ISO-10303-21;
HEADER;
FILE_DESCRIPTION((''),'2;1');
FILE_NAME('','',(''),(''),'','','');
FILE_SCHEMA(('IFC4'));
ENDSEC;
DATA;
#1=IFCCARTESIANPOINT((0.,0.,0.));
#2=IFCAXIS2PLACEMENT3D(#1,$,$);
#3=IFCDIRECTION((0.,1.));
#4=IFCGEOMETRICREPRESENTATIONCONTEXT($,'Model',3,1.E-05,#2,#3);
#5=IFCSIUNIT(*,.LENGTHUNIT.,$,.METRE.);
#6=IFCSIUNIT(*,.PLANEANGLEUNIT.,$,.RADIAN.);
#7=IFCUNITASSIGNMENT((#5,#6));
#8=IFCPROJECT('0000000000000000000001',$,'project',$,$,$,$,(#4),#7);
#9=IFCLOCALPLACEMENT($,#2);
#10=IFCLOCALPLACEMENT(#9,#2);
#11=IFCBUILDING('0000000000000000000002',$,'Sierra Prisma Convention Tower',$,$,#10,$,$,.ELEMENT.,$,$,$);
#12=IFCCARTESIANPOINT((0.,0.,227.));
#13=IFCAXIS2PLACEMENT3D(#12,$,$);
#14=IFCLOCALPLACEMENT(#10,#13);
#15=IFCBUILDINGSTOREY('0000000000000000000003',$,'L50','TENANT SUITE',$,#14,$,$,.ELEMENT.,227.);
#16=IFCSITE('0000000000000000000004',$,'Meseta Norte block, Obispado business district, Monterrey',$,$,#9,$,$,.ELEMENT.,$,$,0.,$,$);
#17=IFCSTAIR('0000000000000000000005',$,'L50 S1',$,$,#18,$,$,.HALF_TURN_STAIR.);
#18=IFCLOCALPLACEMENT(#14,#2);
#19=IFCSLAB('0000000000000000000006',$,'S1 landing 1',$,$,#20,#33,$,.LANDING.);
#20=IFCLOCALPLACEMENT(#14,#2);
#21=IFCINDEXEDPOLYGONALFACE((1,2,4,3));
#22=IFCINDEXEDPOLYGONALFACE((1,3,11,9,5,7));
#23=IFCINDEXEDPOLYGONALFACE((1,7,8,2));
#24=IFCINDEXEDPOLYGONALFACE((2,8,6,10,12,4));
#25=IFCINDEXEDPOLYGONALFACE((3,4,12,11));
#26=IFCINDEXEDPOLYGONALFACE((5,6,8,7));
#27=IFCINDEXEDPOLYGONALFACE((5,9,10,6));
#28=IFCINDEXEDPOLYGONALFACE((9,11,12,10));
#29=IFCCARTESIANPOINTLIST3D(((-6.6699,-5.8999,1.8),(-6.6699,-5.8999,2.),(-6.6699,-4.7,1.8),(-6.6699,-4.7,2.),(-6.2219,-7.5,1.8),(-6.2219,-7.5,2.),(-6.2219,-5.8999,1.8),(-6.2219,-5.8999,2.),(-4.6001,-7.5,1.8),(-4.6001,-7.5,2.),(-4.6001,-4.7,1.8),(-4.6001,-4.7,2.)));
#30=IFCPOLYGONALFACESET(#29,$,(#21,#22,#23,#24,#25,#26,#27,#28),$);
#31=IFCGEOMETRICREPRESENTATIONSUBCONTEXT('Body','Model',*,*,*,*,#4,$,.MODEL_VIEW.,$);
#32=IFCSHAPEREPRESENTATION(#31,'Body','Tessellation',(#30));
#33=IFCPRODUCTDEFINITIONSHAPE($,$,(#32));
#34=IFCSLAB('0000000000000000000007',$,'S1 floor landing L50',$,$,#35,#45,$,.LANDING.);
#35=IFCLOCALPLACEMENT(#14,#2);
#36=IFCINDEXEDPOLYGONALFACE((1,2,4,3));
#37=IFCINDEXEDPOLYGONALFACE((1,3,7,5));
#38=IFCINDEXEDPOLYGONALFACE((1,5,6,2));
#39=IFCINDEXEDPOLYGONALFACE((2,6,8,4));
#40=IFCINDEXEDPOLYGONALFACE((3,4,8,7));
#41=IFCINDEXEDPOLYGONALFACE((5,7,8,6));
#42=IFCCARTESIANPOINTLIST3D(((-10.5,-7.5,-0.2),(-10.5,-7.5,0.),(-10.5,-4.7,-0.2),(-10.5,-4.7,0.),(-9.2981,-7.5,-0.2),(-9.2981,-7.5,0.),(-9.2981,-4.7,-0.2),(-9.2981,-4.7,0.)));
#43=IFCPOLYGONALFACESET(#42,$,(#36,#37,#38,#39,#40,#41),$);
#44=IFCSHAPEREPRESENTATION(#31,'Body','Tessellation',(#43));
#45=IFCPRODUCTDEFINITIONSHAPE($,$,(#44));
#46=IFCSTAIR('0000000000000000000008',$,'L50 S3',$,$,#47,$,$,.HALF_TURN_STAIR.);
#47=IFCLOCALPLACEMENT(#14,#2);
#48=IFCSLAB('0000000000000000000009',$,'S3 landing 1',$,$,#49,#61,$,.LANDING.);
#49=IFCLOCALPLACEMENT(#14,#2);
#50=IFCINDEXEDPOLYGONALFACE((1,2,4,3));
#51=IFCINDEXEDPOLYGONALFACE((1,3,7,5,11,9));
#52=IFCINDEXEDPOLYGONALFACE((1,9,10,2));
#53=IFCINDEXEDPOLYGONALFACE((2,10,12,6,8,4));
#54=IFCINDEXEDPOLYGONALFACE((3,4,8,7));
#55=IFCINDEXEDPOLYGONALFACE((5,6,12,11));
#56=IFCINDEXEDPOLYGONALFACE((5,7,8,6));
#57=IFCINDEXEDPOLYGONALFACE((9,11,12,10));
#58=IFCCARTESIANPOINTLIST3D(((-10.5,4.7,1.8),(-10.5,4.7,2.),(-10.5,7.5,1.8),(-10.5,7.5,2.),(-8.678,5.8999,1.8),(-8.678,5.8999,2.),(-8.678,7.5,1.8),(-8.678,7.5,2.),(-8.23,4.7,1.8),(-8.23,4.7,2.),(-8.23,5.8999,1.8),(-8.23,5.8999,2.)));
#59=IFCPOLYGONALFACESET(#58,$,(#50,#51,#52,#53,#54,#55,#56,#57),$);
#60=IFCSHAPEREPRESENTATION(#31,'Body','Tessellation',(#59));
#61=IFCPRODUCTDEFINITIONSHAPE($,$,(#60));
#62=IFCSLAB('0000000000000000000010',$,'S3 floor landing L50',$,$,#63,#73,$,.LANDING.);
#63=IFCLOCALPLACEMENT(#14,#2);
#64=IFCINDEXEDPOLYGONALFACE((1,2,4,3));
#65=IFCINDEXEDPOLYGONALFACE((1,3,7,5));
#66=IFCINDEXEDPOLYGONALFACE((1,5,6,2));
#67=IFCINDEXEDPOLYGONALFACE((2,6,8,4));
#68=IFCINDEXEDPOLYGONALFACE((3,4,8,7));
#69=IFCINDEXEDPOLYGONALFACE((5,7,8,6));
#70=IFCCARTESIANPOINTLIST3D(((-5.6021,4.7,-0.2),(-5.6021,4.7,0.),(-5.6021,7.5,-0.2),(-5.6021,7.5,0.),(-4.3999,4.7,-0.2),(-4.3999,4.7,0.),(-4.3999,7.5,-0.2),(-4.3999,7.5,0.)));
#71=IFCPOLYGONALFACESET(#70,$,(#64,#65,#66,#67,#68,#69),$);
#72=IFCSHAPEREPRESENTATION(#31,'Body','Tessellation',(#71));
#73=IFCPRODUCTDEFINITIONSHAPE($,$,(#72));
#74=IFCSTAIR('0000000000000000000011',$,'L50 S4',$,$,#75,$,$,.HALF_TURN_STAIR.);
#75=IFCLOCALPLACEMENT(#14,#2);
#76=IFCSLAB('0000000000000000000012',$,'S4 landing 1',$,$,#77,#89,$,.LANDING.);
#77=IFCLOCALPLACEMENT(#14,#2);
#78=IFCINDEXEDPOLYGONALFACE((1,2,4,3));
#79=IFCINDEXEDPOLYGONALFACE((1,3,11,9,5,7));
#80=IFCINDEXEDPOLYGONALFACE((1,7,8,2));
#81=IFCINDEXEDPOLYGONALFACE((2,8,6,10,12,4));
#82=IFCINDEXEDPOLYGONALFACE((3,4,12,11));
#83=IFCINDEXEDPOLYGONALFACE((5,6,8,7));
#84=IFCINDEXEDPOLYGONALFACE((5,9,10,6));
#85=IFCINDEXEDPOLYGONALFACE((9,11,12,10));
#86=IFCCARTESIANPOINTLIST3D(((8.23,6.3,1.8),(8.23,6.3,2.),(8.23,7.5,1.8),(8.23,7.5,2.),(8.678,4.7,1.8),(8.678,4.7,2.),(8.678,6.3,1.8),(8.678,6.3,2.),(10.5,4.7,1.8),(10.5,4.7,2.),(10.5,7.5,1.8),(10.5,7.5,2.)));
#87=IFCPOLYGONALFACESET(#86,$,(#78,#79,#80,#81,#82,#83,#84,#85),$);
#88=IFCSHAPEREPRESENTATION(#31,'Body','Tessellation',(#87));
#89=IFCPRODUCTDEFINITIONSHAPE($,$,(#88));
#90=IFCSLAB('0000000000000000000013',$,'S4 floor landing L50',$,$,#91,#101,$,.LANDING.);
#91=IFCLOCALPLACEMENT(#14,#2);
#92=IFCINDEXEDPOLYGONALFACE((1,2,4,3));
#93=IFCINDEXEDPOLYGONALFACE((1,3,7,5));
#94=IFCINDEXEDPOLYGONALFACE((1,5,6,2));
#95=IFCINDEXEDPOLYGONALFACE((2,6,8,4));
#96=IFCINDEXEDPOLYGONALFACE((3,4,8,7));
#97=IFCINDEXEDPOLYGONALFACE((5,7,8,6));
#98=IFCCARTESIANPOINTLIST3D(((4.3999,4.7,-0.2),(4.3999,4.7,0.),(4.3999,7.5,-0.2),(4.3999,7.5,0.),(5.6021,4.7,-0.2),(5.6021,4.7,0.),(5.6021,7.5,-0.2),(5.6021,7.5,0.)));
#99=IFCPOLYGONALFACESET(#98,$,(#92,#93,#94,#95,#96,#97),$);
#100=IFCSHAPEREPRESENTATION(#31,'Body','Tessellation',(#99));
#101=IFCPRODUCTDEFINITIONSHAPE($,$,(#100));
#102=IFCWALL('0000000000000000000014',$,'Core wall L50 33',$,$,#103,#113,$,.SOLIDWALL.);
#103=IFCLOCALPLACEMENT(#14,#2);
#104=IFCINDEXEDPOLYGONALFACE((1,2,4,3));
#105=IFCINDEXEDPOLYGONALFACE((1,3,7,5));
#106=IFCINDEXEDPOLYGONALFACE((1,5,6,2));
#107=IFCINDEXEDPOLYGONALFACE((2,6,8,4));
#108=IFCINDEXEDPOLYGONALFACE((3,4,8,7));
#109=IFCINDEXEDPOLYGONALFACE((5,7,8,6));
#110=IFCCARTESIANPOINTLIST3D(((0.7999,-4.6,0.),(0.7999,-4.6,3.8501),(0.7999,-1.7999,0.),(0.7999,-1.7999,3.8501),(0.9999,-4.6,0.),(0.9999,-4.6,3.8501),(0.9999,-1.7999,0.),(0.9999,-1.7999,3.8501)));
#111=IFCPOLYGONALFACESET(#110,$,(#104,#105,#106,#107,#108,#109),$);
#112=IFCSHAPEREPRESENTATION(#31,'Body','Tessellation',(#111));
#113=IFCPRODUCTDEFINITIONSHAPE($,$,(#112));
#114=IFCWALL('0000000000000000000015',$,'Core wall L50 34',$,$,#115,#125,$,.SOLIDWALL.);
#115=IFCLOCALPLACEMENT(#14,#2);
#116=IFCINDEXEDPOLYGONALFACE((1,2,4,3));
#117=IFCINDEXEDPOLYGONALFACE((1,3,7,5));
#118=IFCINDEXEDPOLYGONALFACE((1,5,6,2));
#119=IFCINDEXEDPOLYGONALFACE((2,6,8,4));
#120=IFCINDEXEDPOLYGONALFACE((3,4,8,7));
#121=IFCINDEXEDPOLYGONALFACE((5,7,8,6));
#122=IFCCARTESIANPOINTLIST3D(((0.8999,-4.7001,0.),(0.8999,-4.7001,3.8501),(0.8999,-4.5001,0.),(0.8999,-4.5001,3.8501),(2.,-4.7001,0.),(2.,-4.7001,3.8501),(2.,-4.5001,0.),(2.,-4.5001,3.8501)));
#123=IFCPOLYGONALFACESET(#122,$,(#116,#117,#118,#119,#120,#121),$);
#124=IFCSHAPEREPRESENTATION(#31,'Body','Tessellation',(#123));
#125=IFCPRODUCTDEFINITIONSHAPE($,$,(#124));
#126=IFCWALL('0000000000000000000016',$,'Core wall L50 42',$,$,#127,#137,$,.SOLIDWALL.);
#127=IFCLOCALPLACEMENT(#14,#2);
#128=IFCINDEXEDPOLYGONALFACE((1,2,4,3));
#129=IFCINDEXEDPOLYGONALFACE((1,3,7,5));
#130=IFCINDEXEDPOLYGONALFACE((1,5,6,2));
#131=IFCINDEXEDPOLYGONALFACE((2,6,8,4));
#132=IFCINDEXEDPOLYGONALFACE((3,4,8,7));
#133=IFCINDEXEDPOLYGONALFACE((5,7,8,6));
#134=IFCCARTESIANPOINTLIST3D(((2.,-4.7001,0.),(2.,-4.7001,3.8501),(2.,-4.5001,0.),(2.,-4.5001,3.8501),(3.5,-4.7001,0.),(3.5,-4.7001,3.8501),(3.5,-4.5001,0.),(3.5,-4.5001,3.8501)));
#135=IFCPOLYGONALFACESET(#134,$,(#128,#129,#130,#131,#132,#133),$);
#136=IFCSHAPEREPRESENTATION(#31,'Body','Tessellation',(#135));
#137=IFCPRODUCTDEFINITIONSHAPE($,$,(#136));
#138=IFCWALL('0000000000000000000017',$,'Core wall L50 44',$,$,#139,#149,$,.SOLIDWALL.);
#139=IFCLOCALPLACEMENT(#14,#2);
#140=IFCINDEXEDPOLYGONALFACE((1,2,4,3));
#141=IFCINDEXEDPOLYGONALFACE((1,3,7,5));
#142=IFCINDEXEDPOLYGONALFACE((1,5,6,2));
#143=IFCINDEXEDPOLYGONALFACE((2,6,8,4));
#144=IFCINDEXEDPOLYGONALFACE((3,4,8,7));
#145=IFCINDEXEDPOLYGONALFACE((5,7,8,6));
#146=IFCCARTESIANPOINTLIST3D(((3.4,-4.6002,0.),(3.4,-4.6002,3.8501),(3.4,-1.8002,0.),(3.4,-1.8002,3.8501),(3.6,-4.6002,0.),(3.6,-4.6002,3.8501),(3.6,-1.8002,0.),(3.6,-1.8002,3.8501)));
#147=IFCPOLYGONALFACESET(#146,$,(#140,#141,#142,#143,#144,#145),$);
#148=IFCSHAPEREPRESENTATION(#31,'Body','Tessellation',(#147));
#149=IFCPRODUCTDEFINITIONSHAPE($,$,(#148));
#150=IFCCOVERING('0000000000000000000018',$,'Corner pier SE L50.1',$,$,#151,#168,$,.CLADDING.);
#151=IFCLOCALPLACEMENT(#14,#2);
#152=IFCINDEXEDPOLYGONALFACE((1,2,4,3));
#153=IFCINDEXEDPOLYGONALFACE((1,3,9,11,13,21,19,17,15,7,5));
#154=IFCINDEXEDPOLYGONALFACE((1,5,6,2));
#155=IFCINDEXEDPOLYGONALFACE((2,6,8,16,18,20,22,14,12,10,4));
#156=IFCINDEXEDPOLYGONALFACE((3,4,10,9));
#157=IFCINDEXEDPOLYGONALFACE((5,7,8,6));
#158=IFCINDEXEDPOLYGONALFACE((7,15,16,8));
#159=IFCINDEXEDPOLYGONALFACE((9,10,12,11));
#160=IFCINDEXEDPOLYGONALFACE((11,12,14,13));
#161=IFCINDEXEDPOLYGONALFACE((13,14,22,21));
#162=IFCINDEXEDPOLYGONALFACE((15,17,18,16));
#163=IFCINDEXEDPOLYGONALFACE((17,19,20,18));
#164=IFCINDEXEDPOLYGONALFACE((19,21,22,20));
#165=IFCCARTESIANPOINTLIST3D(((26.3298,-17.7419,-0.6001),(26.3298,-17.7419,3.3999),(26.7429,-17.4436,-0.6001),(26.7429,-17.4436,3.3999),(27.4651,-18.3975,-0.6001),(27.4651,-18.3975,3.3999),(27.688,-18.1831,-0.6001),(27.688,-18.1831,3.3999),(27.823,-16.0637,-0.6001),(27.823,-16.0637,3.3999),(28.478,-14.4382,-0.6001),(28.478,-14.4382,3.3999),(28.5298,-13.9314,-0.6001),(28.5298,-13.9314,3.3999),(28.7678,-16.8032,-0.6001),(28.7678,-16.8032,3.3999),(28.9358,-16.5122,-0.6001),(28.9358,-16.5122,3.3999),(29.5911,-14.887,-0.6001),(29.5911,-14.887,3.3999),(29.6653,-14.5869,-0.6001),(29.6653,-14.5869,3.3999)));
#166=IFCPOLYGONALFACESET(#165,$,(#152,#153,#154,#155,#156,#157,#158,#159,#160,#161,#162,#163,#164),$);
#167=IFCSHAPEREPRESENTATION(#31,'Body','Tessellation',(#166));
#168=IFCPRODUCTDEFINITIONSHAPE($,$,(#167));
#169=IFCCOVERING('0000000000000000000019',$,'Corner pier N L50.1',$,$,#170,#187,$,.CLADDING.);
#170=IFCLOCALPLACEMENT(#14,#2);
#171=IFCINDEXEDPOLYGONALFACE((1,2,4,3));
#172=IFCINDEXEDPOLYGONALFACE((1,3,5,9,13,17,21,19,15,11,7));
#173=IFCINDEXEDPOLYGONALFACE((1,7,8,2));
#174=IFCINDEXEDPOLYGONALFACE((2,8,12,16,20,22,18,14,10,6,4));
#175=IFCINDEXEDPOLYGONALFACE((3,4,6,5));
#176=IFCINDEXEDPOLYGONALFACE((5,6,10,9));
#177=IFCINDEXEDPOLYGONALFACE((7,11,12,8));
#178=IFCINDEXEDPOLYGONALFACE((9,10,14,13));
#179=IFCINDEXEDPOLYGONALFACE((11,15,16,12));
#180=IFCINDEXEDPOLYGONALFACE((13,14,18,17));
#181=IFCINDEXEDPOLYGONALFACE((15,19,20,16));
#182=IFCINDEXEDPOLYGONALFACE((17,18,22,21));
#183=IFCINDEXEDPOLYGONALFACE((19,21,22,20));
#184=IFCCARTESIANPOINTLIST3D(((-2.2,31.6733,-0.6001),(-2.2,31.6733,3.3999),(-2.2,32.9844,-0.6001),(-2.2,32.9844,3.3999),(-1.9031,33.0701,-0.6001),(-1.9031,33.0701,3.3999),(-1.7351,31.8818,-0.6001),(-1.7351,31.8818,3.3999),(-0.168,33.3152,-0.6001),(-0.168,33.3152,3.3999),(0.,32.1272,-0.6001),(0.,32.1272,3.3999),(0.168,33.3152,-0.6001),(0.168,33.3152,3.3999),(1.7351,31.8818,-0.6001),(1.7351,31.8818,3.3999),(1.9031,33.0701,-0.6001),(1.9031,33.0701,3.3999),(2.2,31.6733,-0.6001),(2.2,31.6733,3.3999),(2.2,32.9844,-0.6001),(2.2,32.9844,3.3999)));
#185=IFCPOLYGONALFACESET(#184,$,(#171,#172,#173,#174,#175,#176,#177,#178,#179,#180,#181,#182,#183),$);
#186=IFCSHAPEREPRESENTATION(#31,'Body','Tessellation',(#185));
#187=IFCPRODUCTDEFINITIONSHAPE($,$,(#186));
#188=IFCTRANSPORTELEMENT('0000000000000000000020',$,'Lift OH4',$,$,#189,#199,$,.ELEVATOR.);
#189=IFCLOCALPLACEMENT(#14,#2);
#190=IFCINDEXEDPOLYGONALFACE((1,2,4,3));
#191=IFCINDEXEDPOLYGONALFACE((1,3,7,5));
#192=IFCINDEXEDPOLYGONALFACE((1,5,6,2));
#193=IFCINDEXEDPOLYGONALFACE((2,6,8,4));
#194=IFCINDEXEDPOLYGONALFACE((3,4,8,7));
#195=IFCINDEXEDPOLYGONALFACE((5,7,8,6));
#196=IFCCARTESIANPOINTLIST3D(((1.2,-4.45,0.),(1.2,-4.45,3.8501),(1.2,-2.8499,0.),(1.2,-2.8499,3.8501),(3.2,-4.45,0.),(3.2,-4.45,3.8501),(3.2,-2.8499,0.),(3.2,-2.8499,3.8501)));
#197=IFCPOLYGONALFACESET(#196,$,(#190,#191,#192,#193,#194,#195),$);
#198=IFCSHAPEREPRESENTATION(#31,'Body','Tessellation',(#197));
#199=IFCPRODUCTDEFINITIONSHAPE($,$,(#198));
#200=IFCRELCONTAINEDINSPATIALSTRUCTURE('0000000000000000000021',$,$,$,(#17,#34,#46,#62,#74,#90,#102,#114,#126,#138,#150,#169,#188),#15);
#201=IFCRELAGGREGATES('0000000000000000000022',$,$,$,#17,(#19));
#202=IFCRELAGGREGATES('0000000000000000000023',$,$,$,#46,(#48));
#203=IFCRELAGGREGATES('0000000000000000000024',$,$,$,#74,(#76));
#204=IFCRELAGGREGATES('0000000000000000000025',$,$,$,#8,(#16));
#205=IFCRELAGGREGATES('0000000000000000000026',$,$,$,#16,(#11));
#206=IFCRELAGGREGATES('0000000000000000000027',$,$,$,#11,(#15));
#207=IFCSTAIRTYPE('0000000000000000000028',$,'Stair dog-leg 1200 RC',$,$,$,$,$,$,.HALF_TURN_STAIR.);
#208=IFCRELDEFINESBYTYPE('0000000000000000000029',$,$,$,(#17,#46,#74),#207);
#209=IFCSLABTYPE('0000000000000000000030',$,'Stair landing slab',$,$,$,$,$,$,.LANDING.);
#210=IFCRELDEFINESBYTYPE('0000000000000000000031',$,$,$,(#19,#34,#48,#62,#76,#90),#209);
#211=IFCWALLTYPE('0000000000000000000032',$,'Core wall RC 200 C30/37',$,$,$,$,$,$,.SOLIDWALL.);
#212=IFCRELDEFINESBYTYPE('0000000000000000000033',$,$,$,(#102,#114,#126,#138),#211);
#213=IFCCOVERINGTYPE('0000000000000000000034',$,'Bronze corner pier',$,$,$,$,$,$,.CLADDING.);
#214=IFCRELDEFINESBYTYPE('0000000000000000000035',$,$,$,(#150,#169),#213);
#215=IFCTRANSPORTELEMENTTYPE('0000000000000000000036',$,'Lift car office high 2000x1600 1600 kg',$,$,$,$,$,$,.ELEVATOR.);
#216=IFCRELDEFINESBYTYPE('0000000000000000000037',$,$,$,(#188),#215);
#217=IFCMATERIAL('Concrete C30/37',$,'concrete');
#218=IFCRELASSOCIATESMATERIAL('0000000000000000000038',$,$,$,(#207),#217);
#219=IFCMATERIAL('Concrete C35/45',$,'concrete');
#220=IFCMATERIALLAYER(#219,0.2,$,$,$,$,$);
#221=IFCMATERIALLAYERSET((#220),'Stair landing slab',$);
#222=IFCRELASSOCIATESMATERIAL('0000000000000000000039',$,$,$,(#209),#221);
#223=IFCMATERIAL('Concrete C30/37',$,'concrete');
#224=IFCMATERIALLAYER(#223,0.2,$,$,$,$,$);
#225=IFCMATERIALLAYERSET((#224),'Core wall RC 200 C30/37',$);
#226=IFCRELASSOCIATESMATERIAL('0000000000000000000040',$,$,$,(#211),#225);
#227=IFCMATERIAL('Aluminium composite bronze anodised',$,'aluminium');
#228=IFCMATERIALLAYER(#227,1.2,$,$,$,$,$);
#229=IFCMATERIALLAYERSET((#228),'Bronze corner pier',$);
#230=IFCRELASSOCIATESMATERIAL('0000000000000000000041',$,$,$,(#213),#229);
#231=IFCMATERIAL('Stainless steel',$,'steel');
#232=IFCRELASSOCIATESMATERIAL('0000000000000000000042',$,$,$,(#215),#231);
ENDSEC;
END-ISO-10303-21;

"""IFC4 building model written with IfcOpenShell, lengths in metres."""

from ifc_helpers import new_model, si_unit, direction, frame, frame_2d, origin, origin_2d, place, context, subcontext, project, spatial, polyline, rectangle, outline, extrude, material, layer, layer_set, type_object, element, aggregate, save


model = new_model("IFC4")

# Units and contexts
model_context = context("Model", 3, precision=1e-05, world=origin(), true_north=direction((0.0, 1.0)))
body_context = subcontext(model_context, "Body", "Model", "MODEL_VIEW")
ifc_project = project(units=[si_unit("LENGTHUNIT", "METRE"), si_unit("PLANEANGLEUNIT", "RADIAN")], contexts=[model_context])

# Site, building, storey
site_placement = place(None, origin())
site = spatial("IfcSite", under=ifc_project, at=site_placement, Name="Meseta Norte block, Obispado business district, Monterrey", CompositionType="ELEMENT", RefElevation=0.0)
building_placement = place(site_placement, origin())
building = spatial("IfcBuilding", under=site, at=building_placement, Name="Sierra Prisma Convention Tower", CompositionType="ELEMENT")
storey_placement = place(building_placement, frame((0.0, 0.0, 227.0)))
storey = spatial("IfcBuildingStorey", under=building, at=storey_placement, Name="L50", Description="TENANT SUITE", CompositionType="ELEMENT", Elevation=227.0)

# Stair, slab
ifc_material_1 = material(Name="Concrete C30/37", Category="concrete")
stair_type = type_object("IfcStairType", Name="Stair dog-leg 1200 RC", PredefinedType="HALF_TURN_STAIR", material=ifc_material_1)
stair_1_placement = place(storey_placement, origin())
stair_1 = element("IfcStair", 1, at=stair_1_placement, inside=storey, type_object=stair_type, Name="L50 S1", PredefinedType="HALF_TURN_STAIR")
ifc_material_2 = material(Name="Concrete C35/45", Category="concrete")
ifc_layer_1 = layer(ifc_material_2, 0.2)
ifc_layer_set_1 = layer_set([ifc_layer_1], Name="Stair landing slab")
slab_type = type_object("IfcSlabType", Name="Stair landing slab", PredefinedType="LANDING", material=ifc_layer_set_1)
slab_1_placement = place(storey_placement, frame((0.0, 0.0, 1.8)))
slab_1 = element("IfcSlab", 2, at=slab_1_placement, type_object=slab_type, Name="S1 landing 1", PredefinedType="LANDING", context=body_context, shape_type="SweptSolid", body=[
    extrude(outline(polyline([(-4.6001, -4.7), (-4.6001, -7.5), (-6.2219, -7.5), (-6.2219, -5.8999), (-6.6699, -5.8999), (-6.6699, -4.7), (-4.6001, -4.7)])), origin(), (0.0, 0.0, 1.0), 0.2),
])
aggregate(stair_1, [slab_1])

# Slab
slab_2_placement = place(storey_placement, frame((0.0, 0.0, -0.2)))
element("IfcSlab", 3, at=slab_2_placement, inside=storey, type_object=slab_type, Name="S1 floor landing L50", PredefinedType="LANDING", context=body_context, shape_type="SweptSolid", body=[
    extrude(outline(polyline([(-10.5, -7.5), (-9.2981, -7.5), (-9.2981, -4.7), (-10.5, -4.7), (-10.5, -7.5)])), origin(), (0.0, 0.0, 1.0), 0.2),
])

# Stair, slab
stair_2_placement = place(storey_placement, origin())
stair_2 = element("IfcStair", 4, at=stair_2_placement, inside=storey, type_object=stair_type, Name="L50 S3", PredefinedType="HALF_TURN_STAIR")
slab_3_placement = place(storey_placement, frame((0.0, 0.0, 1.8)))
slab_3 = element("IfcSlab", 5, at=slab_3_placement, type_object=slab_type, Name="S3 landing 1", PredefinedType="LANDING", context=body_context, shape_type="SweptSolid", body=[
    extrude(outline(polyline([(-8.23, 5.8999), (-8.23, 4.7), (-10.5, 4.7), (-10.5, 7.5), (-8.678, 7.5), (-8.678, 5.8999), (-8.23, 5.8999)])), origin(), (0.0, 0.0, 1.0), 0.2),
])
aggregate(stair_2, [slab_3])

# Slab
slab_4_placement = place(storey_placement, frame((0.0, 0.0, -0.2)))
element("IfcSlab", 6, at=slab_4_placement, inside=storey, type_object=slab_type, Name="S3 floor landing L50", PredefinedType="LANDING", context=body_context, shape_type="SweptSolid", body=[
    extrude(outline(polyline([(-4.3999, 7.5), (-5.6021, 7.5), (-5.6021, 4.7), (-4.3999, 4.7), (-4.3999, 7.5)])), origin(), (0.0, 0.0, 1.0), 0.2),
])

# Stair, slab
stair_3_placement = place(storey_placement, origin())
stair_3 = element("IfcStair", 7, at=stair_3_placement, inside=storey, type_object=stair_type, Name="L50 S4", PredefinedType="HALF_TURN_STAIR")
slab_5_placement = place(storey_placement, frame((0.0, 0.0, 1.8)))
slab_5 = element("IfcSlab", 8, at=slab_5_placement, type_object=slab_type, Name="S4 landing 1", PredefinedType="LANDING", context=body_context, shape_type="SweptSolid", body=[
    extrude(outline(polyline([(10.5, 7.5), (10.5, 4.7), (8.678, 4.7), (8.678, 6.3), (8.23, 6.3), (8.23, 7.5), (10.5, 7.5)])), origin(), (0.0, 0.0, 1.0), 0.2),
])
aggregate(stair_3, [slab_5])

# Slab
slab_6_placement = place(storey_placement, frame((0.0, 0.0, -0.2)))
element("IfcSlab", 9, at=slab_6_placement, inside=storey, type_object=slab_type, Name="S4 floor landing L50", PredefinedType="LANDING", context=body_context, shape_type="SweptSolid", body=[
    extrude(outline(polyline([(4.3999, 4.7), (5.6021, 4.7), (5.6021, 7.5), (4.3999, 7.5), (4.3999, 4.7)])), origin(), (0.0, 0.0, 1.0), 0.2),
])

# Shared definitions
ifc_material_3 = material(Name="Concrete C30/37", Category="concrete")
ifc_layer_2 = layer(ifc_material_3, 0.2)
ifc_layer_set_2 = layer_set([ifc_layer_2], Name="Core wall RC 200 C30/37")
wall_type = type_object("IfcWallType", Name="Core wall RC 200 C30/37", PredefinedType="SOLIDWALL", material=ifc_layer_set_2)

# Walls
wall_1_placement = place(storey_placement, frame((0.8999, -1.8, 0.0), z_axis=(0.0, 0.0, 1.0), x_axis=(0.0, -1.0, 0.0)))
element("IfcWall", 10, at=wall_1_placement, inside=storey, type_object=wall_type, Name="Core wall L50 33", PredefinedType="SOLIDWALL", context=body_context, shape_type="SweptSolid", body=[
    extrude(rectangle(XDim=2.8, YDim=0.2, at=frame_2d((1.3999, 0.0))), origin(), (0.0, 0.0, 1.0), 3.8501),
])
wall_2_placement = place(storey_placement, frame((0.8999, -4.6001, 0.0), z_axis=(0.0, 0.0, 1.0), x_axis=(1.0, 0.0, 0.0)))
element("IfcWall", 11, at=wall_2_placement, inside=storey, type_object=wall_type, Name="Core wall L50 34", PredefinedType="SOLIDWALL", context=body_context, shape_type="SweptSolid", body=[
    extrude(rectangle(XDim=1.1001, YDim=0.2, at=frame_2d((0.55, 0.0))), origin(), (0.0, 0.0, 1.0), 3.8501),
])

# Walls
wall_3_placement = place(storey_placement, frame((3.5, -4.6001, 0.0), z_axis=(0.0, 0.0, 1.0), x_axis=(-1.0, 0.0, 0.0)))
element("IfcWall", 12, at=wall_3_placement, inside=storey, type_object=wall_type, Name="Core wall L50 42", PredefinedType="SOLIDWALL", context=body_context, shape_type="SweptSolid", body=[
    extrude(rectangle(XDim=1.5, YDim=0.2, at=frame_2d((0.75, 0.0))), origin(), (0.0, 0.0, 1.0), 3.8501),
])
wall_4_placement = place(storey_placement, frame((3.5, -4.6001, 0.0), z_axis=(0.0, 0.0, 1.0), x_axis=(0.0, 1.0, 0.0)))
element("IfcWall", 13, at=wall_4_placement, inside=storey, type_object=wall_type, Name="Core wall L50 44", PredefinedType="SOLIDWALL", context=body_context, shape_type="SweptSolid", body=[
    extrude(rectangle(XDim=2.8, YDim=0.2, at=frame_2d((1.3999, 0.0))), origin(), (0.0, 0.0, 1.0), 3.8501),
])

# Coverings
ifc_material_4 = material(Name="Aluminium composite bronze anodised", Category="aluminium")
ifc_layer_3 = layer(ifc_material_4, 1.2)
ifc_layer_set_3 = layer_set([ifc_layer_3], Name="Bronze corner pier")
covering_type = type_object("IfcCoveringType", Name="Bronze corner pier", PredefinedType="CLADDING", material=ifc_layer_set_3)
covering_1_placement = place(storey_placement, frame((0.0, 0.0, -0.6001)))
element("IfcCovering", 14, at=covering_1_placement, inside=storey, type_object=covering_type, Name="Corner pier SE L50.1", PredefinedType="CLADDING", context=body_context, shape_type="SweptSolid", body=[
    extrude(outline(polyline([(28.9358, -16.5122), (28.7678, -16.8032), (27.688, -18.1831), (27.4651, -18.3975), (26.3298, -17.7419), (26.7429, -17.4436), (27.823, -16.0637), (28.478, -14.4382), (28.5298, -13.9314), (29.6653, -14.5869), (29.5911, -14.887), (28.9358, -16.5122)])), origin(), (0.0, 0.0, 1.0), 4.0),
])
covering_2_placement = place(storey_placement, frame((0.0, 0.0, -0.6001)))
element("IfcCovering", 15, at=covering_2_placement, inside=storey, type_object=covering_type, Name="Corner pier N L50.1", PredefinedType="CLADDING", context=body_context, shape_type="SweptSolid", body=[
    extrude(outline(polyline([(-0.168, 33.3152), (0.168, 33.3152), (1.9031, 33.0701), (2.2, 32.9844), (2.2, 31.6733), (1.7351, 31.8818), (0.0, 32.1272), (-1.7351, 31.8818), (-2.2, 31.6733), (-2.2, 32.9844), (-1.9031, 33.0701), (-0.168, 33.3152)])), origin(), (0.0, 0.0, 1.0), 4.0),
])

# Transport element
ifc_material_5 = material(Name="Stainless steel", Category="steel")
transport_element_type = type_object("IfcTransportElementType", Name="Lift car office high 2000x1600 1600 kg", PredefinedType="ELEVATOR", material=ifc_material_5)
transport_element_placement = place(storey_placement, frame((2.2, -3.6499, 0.0), z_axis=(0.0, 0.0, 1.0), x_axis=(1.0, 0.0, 0.0)))
element("IfcTransportElement", 16, at=transport_element_placement, inside=storey, type_object=transport_element_type, Name="Lift OH4", PredefinedType="ELEVATOR", context=body_context, shape_type="SweptSolid", body=[
    extrude(rectangle(XDim=2.0, YDim=1.6001, at=origin_2d()), origin(), (0.0, 0.0, 1.0), 3.8501),
])

save(model, "model.ifc")
